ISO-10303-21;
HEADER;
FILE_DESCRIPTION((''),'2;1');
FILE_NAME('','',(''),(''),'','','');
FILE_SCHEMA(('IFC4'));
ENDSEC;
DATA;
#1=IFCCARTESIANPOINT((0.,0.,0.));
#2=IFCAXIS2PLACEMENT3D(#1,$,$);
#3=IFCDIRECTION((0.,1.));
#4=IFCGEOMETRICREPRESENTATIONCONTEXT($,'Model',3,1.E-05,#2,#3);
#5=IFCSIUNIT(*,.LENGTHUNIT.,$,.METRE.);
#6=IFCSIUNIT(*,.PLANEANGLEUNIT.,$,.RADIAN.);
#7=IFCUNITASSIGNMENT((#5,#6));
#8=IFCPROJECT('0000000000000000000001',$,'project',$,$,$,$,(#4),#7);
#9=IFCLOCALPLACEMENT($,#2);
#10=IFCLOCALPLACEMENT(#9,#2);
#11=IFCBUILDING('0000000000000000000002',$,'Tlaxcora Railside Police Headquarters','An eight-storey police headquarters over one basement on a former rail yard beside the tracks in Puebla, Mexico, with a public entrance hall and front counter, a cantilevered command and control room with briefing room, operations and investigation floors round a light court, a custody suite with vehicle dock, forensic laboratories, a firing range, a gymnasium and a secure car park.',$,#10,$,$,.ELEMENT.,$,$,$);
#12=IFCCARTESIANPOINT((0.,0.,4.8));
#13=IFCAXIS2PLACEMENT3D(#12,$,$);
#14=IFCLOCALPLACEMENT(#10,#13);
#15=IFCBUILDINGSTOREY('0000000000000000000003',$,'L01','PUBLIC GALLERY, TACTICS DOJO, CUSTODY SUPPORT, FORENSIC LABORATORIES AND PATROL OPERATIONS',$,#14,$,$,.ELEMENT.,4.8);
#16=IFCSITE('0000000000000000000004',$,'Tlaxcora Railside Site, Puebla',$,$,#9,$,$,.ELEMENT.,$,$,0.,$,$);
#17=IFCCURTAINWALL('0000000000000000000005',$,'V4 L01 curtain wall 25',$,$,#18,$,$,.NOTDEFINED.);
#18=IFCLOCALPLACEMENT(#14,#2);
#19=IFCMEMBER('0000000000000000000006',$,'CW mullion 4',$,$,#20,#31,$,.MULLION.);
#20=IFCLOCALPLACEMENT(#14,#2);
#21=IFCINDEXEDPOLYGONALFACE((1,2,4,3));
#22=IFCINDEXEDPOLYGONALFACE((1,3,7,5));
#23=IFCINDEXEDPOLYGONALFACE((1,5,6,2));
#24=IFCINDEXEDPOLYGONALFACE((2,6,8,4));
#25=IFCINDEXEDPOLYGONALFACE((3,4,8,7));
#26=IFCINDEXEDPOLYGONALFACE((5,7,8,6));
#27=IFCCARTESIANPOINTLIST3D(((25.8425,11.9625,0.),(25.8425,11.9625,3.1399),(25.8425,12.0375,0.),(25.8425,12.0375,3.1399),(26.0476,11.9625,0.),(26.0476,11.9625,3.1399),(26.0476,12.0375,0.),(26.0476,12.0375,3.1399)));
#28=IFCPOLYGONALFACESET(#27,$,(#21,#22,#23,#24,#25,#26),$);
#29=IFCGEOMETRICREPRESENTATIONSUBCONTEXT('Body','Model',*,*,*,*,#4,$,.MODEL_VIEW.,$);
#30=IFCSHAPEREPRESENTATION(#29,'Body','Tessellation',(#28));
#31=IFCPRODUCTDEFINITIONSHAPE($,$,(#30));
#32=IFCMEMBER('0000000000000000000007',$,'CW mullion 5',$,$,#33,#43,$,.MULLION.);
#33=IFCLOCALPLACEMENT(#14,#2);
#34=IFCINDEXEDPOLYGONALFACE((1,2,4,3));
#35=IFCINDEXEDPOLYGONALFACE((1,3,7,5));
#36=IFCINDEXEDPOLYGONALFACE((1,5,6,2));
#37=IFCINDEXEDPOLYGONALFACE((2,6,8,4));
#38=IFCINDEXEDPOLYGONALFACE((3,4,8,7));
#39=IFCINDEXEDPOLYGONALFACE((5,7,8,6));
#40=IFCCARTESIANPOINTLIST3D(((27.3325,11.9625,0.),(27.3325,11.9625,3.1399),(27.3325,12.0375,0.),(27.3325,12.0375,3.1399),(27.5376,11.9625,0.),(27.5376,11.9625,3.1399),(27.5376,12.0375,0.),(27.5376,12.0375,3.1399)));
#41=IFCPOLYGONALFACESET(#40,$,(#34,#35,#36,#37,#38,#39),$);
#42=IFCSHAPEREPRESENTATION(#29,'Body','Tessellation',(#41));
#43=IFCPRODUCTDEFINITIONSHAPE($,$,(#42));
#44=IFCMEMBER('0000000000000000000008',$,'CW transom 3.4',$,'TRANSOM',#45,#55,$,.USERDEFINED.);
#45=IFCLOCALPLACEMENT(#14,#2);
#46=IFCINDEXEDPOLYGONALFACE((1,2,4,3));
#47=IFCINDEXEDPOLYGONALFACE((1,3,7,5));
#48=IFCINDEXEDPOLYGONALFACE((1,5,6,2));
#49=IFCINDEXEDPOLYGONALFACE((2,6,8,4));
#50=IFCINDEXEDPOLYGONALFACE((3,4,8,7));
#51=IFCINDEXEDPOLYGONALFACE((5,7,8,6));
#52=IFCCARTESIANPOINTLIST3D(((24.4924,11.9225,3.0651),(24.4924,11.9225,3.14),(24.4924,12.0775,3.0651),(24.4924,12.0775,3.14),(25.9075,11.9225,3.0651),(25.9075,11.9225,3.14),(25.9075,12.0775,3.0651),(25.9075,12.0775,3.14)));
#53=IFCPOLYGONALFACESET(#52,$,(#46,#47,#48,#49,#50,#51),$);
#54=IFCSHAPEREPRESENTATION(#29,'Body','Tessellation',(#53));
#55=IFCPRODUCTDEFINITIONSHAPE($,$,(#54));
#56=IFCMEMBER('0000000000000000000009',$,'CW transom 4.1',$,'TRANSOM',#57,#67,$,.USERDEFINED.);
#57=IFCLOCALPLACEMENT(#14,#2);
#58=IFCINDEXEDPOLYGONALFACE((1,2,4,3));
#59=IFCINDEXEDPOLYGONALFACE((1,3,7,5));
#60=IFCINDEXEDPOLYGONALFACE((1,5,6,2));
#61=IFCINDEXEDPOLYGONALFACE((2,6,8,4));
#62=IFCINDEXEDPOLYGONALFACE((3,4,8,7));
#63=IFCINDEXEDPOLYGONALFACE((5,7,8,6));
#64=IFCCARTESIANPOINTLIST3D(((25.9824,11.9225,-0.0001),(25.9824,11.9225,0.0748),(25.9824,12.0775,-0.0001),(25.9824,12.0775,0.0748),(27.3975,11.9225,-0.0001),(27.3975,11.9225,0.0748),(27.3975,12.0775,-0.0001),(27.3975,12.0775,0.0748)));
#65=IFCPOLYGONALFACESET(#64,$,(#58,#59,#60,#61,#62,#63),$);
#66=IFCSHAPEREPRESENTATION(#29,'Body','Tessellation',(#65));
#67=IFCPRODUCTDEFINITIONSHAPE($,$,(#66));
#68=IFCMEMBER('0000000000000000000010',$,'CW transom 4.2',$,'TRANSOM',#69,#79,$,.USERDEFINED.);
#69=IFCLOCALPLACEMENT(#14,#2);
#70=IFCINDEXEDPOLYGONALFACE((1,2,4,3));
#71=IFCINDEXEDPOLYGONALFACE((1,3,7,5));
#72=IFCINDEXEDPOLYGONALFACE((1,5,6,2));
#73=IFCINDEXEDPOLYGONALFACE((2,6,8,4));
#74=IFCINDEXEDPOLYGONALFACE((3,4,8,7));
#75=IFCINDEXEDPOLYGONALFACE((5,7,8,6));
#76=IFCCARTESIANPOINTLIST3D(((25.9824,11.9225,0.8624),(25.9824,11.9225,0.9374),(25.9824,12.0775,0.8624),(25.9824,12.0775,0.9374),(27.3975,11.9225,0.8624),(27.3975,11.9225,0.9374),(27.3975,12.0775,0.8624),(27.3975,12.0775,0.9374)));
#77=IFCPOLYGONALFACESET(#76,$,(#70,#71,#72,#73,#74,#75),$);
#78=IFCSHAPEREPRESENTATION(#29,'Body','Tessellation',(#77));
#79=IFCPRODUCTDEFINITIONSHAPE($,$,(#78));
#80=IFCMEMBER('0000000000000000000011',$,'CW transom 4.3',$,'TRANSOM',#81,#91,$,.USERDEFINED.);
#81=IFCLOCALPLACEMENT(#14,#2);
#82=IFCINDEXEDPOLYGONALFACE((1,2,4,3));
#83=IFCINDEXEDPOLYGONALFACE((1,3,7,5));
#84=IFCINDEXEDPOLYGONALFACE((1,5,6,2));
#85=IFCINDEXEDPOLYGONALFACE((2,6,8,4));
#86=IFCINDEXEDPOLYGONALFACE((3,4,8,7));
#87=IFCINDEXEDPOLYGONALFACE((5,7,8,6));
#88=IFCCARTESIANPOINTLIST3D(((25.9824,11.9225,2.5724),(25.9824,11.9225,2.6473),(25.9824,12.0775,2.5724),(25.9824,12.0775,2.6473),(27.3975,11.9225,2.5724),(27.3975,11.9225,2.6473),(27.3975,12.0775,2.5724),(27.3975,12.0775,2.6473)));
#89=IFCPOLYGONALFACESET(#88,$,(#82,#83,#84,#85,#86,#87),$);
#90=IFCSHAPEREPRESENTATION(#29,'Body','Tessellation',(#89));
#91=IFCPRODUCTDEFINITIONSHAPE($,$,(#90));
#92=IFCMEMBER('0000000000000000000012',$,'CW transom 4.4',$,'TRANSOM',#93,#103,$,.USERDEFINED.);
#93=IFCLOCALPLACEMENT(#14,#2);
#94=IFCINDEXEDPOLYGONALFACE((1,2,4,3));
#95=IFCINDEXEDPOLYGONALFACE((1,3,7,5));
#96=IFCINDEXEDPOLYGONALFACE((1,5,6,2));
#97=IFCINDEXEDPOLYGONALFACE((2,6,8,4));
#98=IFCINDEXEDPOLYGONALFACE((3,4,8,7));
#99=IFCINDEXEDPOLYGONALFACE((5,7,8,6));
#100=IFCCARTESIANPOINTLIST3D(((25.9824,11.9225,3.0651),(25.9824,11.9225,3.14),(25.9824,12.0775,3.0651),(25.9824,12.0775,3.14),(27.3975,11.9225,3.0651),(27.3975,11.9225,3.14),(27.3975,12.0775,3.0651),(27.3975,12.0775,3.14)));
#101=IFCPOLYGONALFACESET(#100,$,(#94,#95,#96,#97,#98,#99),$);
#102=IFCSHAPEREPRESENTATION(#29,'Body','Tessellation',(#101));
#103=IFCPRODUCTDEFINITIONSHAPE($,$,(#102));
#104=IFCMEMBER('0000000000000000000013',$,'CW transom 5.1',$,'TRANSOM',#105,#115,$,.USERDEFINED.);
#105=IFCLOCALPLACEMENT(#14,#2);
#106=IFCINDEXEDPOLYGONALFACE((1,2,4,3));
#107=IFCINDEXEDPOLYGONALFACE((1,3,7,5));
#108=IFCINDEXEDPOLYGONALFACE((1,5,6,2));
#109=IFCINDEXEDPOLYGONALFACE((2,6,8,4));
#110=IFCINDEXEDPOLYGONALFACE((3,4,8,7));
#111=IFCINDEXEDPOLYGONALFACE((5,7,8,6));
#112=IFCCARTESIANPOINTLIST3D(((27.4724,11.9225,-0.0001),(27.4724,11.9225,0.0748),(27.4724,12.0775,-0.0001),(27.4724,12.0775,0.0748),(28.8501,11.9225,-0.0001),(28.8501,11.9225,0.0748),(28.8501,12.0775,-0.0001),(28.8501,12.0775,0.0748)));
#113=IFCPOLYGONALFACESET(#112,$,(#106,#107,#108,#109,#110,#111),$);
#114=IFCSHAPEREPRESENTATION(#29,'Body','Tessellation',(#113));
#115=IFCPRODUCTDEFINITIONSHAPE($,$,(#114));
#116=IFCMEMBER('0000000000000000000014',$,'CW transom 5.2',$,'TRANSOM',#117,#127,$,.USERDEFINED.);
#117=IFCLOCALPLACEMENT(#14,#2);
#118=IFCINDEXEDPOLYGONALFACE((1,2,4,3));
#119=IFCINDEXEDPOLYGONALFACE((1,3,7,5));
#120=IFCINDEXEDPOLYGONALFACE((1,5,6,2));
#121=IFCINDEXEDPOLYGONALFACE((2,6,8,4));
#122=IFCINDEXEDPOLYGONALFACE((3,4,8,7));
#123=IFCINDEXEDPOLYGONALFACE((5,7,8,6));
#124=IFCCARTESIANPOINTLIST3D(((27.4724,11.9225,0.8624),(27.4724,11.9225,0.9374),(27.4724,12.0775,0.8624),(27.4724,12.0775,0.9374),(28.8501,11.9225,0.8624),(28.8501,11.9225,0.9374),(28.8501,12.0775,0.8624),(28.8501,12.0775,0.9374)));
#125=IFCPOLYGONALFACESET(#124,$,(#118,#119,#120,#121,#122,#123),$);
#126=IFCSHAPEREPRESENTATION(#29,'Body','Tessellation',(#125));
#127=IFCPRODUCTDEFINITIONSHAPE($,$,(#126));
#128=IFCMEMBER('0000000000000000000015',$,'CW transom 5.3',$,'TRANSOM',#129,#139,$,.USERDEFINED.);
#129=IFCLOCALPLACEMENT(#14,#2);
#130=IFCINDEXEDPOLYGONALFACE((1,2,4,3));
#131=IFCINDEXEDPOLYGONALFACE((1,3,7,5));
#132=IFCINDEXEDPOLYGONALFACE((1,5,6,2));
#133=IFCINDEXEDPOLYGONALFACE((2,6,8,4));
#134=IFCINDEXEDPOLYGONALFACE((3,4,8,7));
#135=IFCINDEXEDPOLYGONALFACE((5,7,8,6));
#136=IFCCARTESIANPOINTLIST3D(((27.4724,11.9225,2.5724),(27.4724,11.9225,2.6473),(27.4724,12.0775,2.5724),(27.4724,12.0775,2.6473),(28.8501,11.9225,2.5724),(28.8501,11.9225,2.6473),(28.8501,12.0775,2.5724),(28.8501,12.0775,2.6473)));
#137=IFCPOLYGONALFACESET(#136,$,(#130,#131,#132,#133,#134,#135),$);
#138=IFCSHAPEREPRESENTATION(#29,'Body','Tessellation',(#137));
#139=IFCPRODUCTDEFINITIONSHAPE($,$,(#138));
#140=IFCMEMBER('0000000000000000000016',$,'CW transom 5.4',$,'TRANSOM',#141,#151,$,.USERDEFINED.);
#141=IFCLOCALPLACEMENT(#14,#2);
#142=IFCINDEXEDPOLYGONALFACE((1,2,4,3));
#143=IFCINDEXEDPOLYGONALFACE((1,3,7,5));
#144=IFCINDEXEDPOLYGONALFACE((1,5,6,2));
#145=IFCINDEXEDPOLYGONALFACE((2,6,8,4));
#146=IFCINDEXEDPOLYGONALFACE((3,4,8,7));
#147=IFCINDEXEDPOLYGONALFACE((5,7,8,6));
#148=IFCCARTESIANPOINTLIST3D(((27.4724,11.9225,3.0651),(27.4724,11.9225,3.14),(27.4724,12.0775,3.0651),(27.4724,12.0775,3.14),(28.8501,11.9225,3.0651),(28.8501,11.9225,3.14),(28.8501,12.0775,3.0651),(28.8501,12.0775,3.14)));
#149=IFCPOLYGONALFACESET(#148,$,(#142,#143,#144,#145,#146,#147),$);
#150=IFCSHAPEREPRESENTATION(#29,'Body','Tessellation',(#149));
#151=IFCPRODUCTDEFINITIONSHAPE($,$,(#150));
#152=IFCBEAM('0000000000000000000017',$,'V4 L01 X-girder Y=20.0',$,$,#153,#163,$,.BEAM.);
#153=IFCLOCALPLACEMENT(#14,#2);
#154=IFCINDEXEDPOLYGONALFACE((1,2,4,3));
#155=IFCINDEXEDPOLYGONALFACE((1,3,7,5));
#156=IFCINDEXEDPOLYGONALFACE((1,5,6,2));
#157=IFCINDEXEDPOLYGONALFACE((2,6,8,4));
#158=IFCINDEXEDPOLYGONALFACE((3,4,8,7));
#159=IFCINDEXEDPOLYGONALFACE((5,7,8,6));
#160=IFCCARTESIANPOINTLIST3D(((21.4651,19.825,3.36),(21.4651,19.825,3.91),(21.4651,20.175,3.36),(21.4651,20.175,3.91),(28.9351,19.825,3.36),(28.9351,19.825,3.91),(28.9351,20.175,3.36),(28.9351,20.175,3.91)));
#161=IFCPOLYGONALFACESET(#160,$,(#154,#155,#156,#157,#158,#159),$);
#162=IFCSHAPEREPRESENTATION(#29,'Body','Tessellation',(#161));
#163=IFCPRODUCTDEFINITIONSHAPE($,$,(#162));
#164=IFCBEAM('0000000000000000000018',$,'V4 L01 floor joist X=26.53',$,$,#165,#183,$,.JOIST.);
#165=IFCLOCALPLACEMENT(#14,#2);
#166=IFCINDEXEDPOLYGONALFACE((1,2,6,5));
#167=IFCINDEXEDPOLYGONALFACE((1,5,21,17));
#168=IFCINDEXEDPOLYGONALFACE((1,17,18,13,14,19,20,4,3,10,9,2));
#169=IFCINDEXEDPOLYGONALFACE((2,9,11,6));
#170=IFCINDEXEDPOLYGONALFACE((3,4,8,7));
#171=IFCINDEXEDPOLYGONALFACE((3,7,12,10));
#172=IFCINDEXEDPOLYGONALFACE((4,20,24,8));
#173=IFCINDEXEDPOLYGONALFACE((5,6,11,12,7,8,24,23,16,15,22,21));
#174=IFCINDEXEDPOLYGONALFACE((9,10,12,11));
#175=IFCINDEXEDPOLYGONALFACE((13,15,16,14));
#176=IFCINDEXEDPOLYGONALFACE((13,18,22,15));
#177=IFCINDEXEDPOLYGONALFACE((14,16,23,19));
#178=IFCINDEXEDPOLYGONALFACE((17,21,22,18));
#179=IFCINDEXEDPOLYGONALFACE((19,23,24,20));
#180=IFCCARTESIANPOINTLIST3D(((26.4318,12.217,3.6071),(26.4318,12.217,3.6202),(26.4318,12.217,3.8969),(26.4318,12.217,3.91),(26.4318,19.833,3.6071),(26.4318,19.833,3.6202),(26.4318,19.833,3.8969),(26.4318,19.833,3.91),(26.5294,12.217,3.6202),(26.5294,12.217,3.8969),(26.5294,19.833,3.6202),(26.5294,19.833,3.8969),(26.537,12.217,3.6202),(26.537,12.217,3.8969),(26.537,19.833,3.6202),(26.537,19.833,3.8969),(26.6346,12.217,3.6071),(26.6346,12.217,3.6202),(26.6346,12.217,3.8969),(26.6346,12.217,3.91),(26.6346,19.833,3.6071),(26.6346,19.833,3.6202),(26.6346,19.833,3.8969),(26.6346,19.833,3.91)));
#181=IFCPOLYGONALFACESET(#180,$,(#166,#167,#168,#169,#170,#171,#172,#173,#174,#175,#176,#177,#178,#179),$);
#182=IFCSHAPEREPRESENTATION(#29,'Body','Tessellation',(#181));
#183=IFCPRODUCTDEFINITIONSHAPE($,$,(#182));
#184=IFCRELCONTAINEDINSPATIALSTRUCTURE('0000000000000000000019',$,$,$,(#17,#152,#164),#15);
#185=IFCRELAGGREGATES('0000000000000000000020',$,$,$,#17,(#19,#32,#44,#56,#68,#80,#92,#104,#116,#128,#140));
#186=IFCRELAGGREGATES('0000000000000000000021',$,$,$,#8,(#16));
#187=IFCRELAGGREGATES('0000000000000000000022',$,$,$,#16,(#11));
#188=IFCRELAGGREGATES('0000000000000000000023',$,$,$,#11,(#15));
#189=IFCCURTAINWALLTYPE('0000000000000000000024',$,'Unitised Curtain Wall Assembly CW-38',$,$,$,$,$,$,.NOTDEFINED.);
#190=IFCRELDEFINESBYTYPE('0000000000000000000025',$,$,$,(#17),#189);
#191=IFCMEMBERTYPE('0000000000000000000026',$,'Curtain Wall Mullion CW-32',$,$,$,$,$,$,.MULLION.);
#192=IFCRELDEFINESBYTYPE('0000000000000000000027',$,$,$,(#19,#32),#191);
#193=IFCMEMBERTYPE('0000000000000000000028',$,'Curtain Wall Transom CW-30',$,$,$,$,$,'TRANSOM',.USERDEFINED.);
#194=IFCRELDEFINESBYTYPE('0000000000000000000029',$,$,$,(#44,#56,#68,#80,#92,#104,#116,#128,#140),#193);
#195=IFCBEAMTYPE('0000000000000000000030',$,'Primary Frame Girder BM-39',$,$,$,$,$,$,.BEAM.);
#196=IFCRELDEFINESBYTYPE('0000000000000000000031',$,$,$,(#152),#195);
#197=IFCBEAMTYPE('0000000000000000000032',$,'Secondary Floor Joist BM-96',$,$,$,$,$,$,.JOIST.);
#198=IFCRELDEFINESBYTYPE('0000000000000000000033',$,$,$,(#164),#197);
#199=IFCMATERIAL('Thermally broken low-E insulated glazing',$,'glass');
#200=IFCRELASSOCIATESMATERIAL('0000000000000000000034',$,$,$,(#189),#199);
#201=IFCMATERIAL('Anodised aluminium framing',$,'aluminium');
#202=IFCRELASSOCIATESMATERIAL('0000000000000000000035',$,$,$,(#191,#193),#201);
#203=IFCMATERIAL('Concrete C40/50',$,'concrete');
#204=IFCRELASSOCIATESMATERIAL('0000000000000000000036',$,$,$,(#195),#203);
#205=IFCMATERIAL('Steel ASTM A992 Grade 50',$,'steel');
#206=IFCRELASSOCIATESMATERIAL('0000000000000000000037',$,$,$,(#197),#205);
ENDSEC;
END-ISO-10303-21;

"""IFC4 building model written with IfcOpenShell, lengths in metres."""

from ifc_helpers import new_model, si_unit, direction, frame, origin, origin_2d, place, context, subcontext, project, spatial, rectangle, i_section, extrude, material, material_profile, profile_set, type_object, element, aggregate, save


model = new_model("IFC4")

# Units and contexts
model_context = context("Model", 3, precision=1e-05, world=origin(), true_north=direction((0.0, 1.0)))
body_context = subcontext(model_context, "Body", "Model", "MODEL_VIEW")
ifc_project = project(units=[si_unit("LENGTHUNIT", "METRE"), si_unit("PLANEANGLEUNIT", "RADIAN")], contexts=[model_context])

# Site, building, storey
site_placement = place(None, origin())
site = spatial("IfcSite", under=ifc_project, at=site_placement, Name="Tlaxcora Railside Site, Puebla", CompositionType="ELEMENT", RefElevation=0.0)
building_placement = place(site_placement, origin())
building = spatial("IfcBuilding", under=site, at=building_placement, Name="Tlaxcora Railside Police Headquarters", Description="An eight-storey police headquarters over one basement on a former rail yard beside the tracks in Puebla, Mexico, with a public entrance hall and front counter, a cantilevered command and control room with briefing room, operations and investigation floors round a light court, a custody suite with vehicle dock, forensic laboratories, a firing range, a gymnasium and a secure car park.", CompositionType="ELEMENT")
storey_placement = place(building_placement, frame((0.0, 0.0, 4.8)))
storey = spatial("IfcBuildingStorey", under=building, at=storey_placement, Name="L01", Description="PUBLIC GALLERY, TACTICS DOJO, CUSTODY SUPPORT, FORENSIC LABORATORIES AND PATROL OPERATIONS", CompositionType="ELEMENT", Elevation=4.8)

# Curtain wall, members
ifc_material_1 = material(Name="Thermally broken low-E insulated glazing", Category="glass")
curtain_wall_type = type_object("IfcCurtainWallType", Name="Unitised Curtain Wall Assembly CW-38", PredefinedType="NOTDEFINED", material=ifc_material_1)
curtain_wall_placement = place(storey_placement, origin())
curtain_wall = element("IfcCurtainWall", 1, at=curtain_wall_placement, inside=storey, type_object=curtain_wall_type, Name="V4 L01 curtain wall 25", PredefinedType="NOTDEFINED")
ifc_material_2 = material(Name="Anodised aluminium framing", Category="aluminium")
ifc_material_profile_1 = material_profile(ifc_material_2, rectangle(XDim=0.075, YDim=0.2051, at=origin_2d()), Name="AL75X205")
ifc_profile_set_1 = profile_set([ifc_material_profile_1], Name="Anodised aluminium framing")
member_type_1 = type_object("IfcMemberType", Name="Curtain Wall Mullion CW-32", PredefinedType="MULLION", material=ifc_profile_set_1)
member_1_placement = place(storey_placement, frame((25.9451, 12.0, 0.0), z_axis=(0.0, 0.0, 1.0), x_axis=(0.0, 1.0, 0.0)))
member_1 = element("IfcMember", 2, at=member_1_placement, type_object=member_type_1, Name="CW mullion 4", PredefinedType="MULLION", context=body_context, shape_type="SweptSolid", body=[
    extrude(rectangle(XDim=0.075, YDim=0.2051, at=origin_2d()), origin(), (0.0, 0.0, 1.0), 3.1399),
])
member_2_placement = place(storey_placement, frame((27.4351, 12.0, 0.0), z_axis=(0.0, 0.0, 1.0), x_axis=(0.0, 1.0, 0.0)))
member_2 = element("IfcMember", 3, at=member_2_placement, type_object=member_type_1, Name="CW mullion 5", PredefinedType="MULLION", context=body_context, shape_type="SweptSolid", body=[
    extrude(rectangle(XDim=0.075, YDim=0.2051, at=origin_2d()), origin(), (0.0, 0.0, 1.0), 3.1399),
])
ifc_material_profile_2 = material_profile(ifc_material_2, rectangle(XDim=0.155, YDim=0.075, at=origin_2d()), Name="AL75X155")
ifc_profile_set_2 = profile_set([ifc_material_profile_2], Name="Anodised aluminium framing")
member_type_2 = type_object("IfcMemberType", Name="Curtain Wall Transom CW-30", ElementType="TRANSOM", PredefinedType="USERDEFINED", material=ifc_profile_set_2)
member_3_placement = place(storey_placement, frame((24.4924, 12.0, 3.1025), z_axis=(1.0, 0.0, 0.0), x_axis=(0.0, 1.0, 0.0)))
member_3 = element("IfcMember", 4, at=member_3_placement, type_object=member_type_2, Name="CW transom 3.4", ObjectType="TRANSOM", PredefinedType="USERDEFINED", context=body_context, shape_type="SweptSolid", body=[
    extrude(rectangle(XDim=0.155, YDim=0.075, at=origin_2d()), origin(), (0.0, 0.0, 1.0), 1.415),
])
member_4_placement = place(storey_placement, frame((25.9824, 12.0, 0.0374), z_axis=(1.0, 0.0, 0.0), x_axis=(0.0, 1.0, 0.0)))
member_4 = element("IfcMember", 5, at=member_4_placement, type_object=member_type_2, Name="CW transom 4.1", ObjectType="TRANSOM", PredefinedType="USERDEFINED", context=body_context, shape_type="SweptSolid", body=[
    extrude(rectangle(XDim=0.155, YDim=0.075, at=origin_2d()), origin(), (0.0, 0.0, 1.0), 1.415),
])
member_5_placement = place(storey_placement, frame((25.9824, 12.0, 0.8999), z_axis=(1.0, 0.0, 0.0), x_axis=(0.0, 1.0, 0.0)))
member_5 = element("IfcMember", 6, at=member_5_placement, type_object=member_type_2, Name="CW transom 4.2", ObjectType="TRANSOM", PredefinedType="USERDEFINED", context=body_context, shape_type="SweptSolid", body=[
    extrude(rectangle(XDim=0.155, YDim=0.075, at=origin_2d()), origin(), (0.0, 0.0, 1.0), 1.415),
])
member_6_placement = place(storey_placement, frame((25.9824, 12.0, 2.6099), z_axis=(1.0, 0.0, 0.0), x_axis=(0.0, 1.0, 0.0)))
member_6 = element("IfcMember", 7, at=member_6_placement, type_object=member_type_2, Name="CW transom 4.3", ObjectType="TRANSOM", PredefinedType="USERDEFINED", context=body_context, shape_type="SweptSolid", body=[
    extrude(rectangle(XDim=0.155, YDim=0.075, at=origin_2d()), origin(), (0.0, 0.0, 1.0), 1.415),
])
member_7_placement = place(storey_placement, frame((25.9824, 12.0, 3.1025), z_axis=(1.0, 0.0, 0.0), x_axis=(0.0, 1.0, 0.0)))
member_7 = element("IfcMember", 8, at=member_7_placement, type_object=member_type_2, Name="CW transom 4.4", ObjectType="TRANSOM", PredefinedType="USERDEFINED", context=body_context, shape_type="SweptSolid", body=[
    extrude(rectangle(XDim=0.155, YDim=0.075, at=origin_2d()), origin(), (0.0, 0.0, 1.0), 1.415),
])
member_8_placement = place(storey_placement, frame((27.4724, 12.0, 0.0374), z_axis=(1.0, 0.0, 0.0), x_axis=(0.0, 1.0, 0.0)))
member_8 = element("IfcMember", 9, at=member_8_placement, type_object=member_type_2, Name="CW transom 5.1", ObjectType="TRANSOM", PredefinedType="USERDEFINED", context=body_context, shape_type="SweptSolid", body=[
    extrude(rectangle(XDim=0.155, YDim=0.075, at=origin_2d()), origin(), (0.0, 0.0, 1.0), 1.3777),
])
member_9_placement = place(storey_placement, frame((27.4724, 12.0, 0.8999), z_axis=(1.0, 0.0, 0.0), x_axis=(0.0, 1.0, 0.0)))
member_9 = element("IfcMember", 10, at=member_9_placement, type_object=member_type_2, Name="CW transom 5.2", ObjectType="TRANSOM", PredefinedType="USERDEFINED", context=body_context, shape_type="SweptSolid", body=[
    extrude(rectangle(XDim=0.155, YDim=0.075, at=origin_2d()), origin(), (0.0, 0.0, 1.0), 1.3777),
])
member_10_placement = place(storey_placement, frame((27.4724, 12.0, 2.6099), z_axis=(1.0, 0.0, 0.0), x_axis=(0.0, 1.0, 0.0)))
member_10 = element("IfcMember", 11, at=member_10_placement, type_object=member_type_2, Name="CW transom 5.3", ObjectType="TRANSOM", PredefinedType="USERDEFINED", context=body_context, shape_type="SweptSolid", body=[
    extrude(rectangle(XDim=0.155, YDim=0.075, at=origin_2d()), origin(), (0.0, 0.0, 1.0), 1.3777),
])
member_11_placement = place(storey_placement, frame((27.4724, 12.0, 3.1025), z_axis=(1.0, 0.0, 0.0), x_axis=(0.0, 1.0, 0.0)))
member_11 = element("IfcMember", 12, at=member_11_placement, type_object=member_type_2, Name="CW transom 5.4", ObjectType="TRANSOM", PredefinedType="USERDEFINED", context=body_context, shape_type="SweptSolid", body=[
    extrude(rectangle(XDim=0.155, YDim=0.075, at=origin_2d()), origin(), (0.0, 0.0, 1.0), 1.3777),
])

# Beams
ifc_material_3 = material(Name="Concrete C40/50", Category="concrete")
ifc_material_profile_3 = material_profile(ifc_material_3, rectangle(XDim=0.3501, YDim=0.55, at=origin_2d()), Name="RC350X550")
ifc_profile_set_3 = profile_set([ifc_material_profile_3], Name="Concrete C40/50")
beam_type_1 = type_object("IfcBeamType", Name="Primary Frame Girder BM-39", PredefinedType="BEAM", material=ifc_profile_set_3)
beam_1_placement = place(storey_placement, frame((21.4651, 20.0, 3.635), z_axis=(1.0, 0.0, 0.0), x_axis=(0.0, 1.0, 0.0)))
element("IfcBeam", 13, at=beam_1_placement, inside=storey, type_object=beam_type_1, Name="V4 L01 X-girder Y=20.0", PredefinedType="BEAM", context=body_context, shape_type="SweptSolid", body=[
    extrude(rectangle(XDim=0.3501, YDim=0.55, at=origin_2d()), origin(), (0.0, 0.0, 1.0), 7.47),
])
ifc_material_4 = material(Name="Steel ASTM A992 Grade 50", Category="steel")
ifc_material_profile_4 = material_profile(ifc_material_4, i_section(OverallWidth=0.2029, OverallDepth=0.303, WebThickness=0.0076, FlangeThickness=0.0132, at=origin_2d()), Name="W12X40")
ifc_profile_set_4 = profile_set([ifc_material_profile_4], Name="Steel ASTM A992 Grade 50")
beam_type_2 = type_object("IfcBeamType", Name="Secondary Floor Joist BM-96", PredefinedType="JOIST", material=ifc_profile_set_4)
beam_2_placement = place(storey_placement, frame((26.5332, 12.217, 3.7585), z_axis=(0.0, 1.0, 0.0), x_axis=(-1.0, 0.0, 0.0)))
element("IfcBeam", 14, at=beam_2_placement, inside=storey, type_object=beam_type_2, Name="V4 L01 floor joist X=26.53", PredefinedType="JOIST", context=body_context, shape_type="SweptSolid", body=[
    extrude(i_section(OverallWidth=0.2029, OverallDepth=0.303, WebThickness=0.0076, FlangeThickness=0.0132, at=origin_2d()), origin(), (0.0, 0.0, 1.0), 7.616),
])

aggregate(curtain_wall, [member_1, member_2, member_3, member_4, member_5, member_6, member_7, member_8, member_9, member_10, member_11])

save(model, "model.ifc")
